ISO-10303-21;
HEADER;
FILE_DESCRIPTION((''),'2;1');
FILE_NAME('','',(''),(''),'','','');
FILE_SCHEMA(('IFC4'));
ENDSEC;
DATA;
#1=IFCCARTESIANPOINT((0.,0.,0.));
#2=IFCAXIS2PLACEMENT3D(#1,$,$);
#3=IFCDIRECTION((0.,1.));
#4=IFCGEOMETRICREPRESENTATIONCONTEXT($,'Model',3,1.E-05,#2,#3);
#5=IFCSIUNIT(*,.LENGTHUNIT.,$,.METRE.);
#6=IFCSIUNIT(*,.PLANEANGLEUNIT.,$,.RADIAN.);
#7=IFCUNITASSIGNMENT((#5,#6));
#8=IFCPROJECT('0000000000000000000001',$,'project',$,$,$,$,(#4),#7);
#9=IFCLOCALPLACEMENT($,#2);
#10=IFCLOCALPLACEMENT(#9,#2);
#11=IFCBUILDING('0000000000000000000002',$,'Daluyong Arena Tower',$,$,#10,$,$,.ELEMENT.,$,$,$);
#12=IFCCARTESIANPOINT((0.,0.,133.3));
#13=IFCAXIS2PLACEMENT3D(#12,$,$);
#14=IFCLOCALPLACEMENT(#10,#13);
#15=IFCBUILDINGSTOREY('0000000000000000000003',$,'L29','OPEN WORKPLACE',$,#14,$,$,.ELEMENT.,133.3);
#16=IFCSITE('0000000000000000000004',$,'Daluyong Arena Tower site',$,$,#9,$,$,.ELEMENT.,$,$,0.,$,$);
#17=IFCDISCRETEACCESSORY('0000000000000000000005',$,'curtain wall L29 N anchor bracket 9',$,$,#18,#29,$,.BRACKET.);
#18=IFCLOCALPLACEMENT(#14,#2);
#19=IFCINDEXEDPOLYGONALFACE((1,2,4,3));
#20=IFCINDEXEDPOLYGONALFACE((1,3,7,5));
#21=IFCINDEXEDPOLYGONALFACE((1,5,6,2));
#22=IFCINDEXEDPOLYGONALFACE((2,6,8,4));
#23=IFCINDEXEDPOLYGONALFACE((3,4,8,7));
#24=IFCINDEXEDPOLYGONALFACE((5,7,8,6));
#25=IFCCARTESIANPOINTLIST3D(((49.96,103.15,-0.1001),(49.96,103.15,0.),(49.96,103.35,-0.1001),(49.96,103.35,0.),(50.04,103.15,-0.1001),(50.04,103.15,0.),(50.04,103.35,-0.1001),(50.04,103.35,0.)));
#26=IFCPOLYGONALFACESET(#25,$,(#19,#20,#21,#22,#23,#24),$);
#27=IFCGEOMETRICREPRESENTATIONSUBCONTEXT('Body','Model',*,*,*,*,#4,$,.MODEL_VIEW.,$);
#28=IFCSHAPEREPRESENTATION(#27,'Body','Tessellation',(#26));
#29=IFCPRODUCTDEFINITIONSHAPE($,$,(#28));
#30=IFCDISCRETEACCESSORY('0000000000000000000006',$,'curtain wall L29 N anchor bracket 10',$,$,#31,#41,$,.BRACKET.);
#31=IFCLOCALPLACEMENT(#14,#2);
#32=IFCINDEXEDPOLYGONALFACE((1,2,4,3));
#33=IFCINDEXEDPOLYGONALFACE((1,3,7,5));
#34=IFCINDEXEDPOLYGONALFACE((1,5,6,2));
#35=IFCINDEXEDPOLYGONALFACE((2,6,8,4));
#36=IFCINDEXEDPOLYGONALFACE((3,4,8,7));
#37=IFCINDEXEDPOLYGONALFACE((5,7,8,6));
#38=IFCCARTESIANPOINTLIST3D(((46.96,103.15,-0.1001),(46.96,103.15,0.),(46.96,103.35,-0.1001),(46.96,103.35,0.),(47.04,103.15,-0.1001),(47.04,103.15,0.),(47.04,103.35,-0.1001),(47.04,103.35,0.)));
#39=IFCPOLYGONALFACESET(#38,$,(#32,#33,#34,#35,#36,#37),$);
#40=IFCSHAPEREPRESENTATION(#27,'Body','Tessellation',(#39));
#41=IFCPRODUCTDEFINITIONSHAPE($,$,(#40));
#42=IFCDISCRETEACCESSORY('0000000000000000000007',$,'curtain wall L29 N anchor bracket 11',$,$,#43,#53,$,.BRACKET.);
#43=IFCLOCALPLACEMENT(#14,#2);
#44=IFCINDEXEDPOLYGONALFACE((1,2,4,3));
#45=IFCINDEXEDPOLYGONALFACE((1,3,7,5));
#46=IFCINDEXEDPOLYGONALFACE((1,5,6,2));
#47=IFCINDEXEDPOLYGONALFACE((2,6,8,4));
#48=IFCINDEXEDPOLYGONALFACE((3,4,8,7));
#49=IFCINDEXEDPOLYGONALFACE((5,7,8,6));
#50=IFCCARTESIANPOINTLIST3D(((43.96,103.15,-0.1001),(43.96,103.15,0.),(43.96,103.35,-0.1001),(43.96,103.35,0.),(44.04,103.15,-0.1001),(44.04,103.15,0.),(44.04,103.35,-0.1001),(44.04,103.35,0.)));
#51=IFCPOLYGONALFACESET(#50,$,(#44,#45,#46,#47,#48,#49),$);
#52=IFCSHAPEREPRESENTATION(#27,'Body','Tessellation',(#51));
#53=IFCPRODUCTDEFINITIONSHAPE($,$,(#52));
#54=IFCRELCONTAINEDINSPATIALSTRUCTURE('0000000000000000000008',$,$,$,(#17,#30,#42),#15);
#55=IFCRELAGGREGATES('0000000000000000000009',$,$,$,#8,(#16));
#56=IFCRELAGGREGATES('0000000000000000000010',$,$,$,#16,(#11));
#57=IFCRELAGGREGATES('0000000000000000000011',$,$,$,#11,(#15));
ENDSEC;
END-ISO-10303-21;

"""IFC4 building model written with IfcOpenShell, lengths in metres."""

from ifc_helpers import new_model, si_unit, direction, frame, origin, origin_2d, place, context, subcontext, project, spatial, rectangle, extrude, element, save


model = new_model("IFC4")

# Units and contexts
model_context = context("Model", 3, precision=1e-05, world=origin(), true_north=direction((0.0, 1.0)))
body_context = subcontext(model_context, "Body", "Model", "MODEL_VIEW")
ifc_project = project(units=[si_unit("LENGTHUNIT", "METRE"), si_unit("PLANEANGLEUNIT", "RADIAN")], contexts=[model_context])

# Site, building, storey
site_placement = place(None, origin())
site = spatial("IfcSite", under=ifc_project, at=site_placement, Name="Daluyong Arena Tower site", CompositionType="ELEMENT", RefElevation=0.0)
building_placement = place(site_placement, origin())
building = spatial("IfcBuilding", under=site, at=building_placement, Name="Daluyong Arena Tower", CompositionType="ELEMENT")
storey_placement = place(building_placement, frame((0.0, 0.0, 133.3)))
storey = spatial("IfcBuildingStorey", under=building, at=storey_placement, Name="L29", Description="OPEN WORKPLACE", CompositionType="ELEMENT", Elevation=133.3)

# Discrete accessories
for number, where, z_axis, x_axis, name in (
    (1, (50.0, 103.25, -0.1001), (0.0, 0.0, 1.0), (-1.0, 0.0, 0.0), "curtain wall L29 N anchor bracket 9"),
    (2, (47.0, 103.25, -0.1001), (0.0, 0.0, 1.0), (-1.0, 0.0, 0.0), "curtain wall L29 N anchor bracket 10"),
    (3, (44.0, 103.25, -0.1001), (0.0, 0.0, 1.0), (-1.0, 0.0, 0.0), "curtain wall L29 N anchor bracket 11"),
):
    element("IfcDiscreteAccessory", number, at=place(storey_placement, frame(where, z_axis=z_axis, x_axis=x_axis)), inside=storey, Name=name, PredefinedType="BRACKET", context=body_context, shape_type="SweptSolid", body=[
        extrude(rectangle(XDim=0.0801, YDim=0.2, at=origin_2d()), origin(), (0.0, 0.0, 1.0), 0.1001),
    ])

save(model, "model.ifc")
